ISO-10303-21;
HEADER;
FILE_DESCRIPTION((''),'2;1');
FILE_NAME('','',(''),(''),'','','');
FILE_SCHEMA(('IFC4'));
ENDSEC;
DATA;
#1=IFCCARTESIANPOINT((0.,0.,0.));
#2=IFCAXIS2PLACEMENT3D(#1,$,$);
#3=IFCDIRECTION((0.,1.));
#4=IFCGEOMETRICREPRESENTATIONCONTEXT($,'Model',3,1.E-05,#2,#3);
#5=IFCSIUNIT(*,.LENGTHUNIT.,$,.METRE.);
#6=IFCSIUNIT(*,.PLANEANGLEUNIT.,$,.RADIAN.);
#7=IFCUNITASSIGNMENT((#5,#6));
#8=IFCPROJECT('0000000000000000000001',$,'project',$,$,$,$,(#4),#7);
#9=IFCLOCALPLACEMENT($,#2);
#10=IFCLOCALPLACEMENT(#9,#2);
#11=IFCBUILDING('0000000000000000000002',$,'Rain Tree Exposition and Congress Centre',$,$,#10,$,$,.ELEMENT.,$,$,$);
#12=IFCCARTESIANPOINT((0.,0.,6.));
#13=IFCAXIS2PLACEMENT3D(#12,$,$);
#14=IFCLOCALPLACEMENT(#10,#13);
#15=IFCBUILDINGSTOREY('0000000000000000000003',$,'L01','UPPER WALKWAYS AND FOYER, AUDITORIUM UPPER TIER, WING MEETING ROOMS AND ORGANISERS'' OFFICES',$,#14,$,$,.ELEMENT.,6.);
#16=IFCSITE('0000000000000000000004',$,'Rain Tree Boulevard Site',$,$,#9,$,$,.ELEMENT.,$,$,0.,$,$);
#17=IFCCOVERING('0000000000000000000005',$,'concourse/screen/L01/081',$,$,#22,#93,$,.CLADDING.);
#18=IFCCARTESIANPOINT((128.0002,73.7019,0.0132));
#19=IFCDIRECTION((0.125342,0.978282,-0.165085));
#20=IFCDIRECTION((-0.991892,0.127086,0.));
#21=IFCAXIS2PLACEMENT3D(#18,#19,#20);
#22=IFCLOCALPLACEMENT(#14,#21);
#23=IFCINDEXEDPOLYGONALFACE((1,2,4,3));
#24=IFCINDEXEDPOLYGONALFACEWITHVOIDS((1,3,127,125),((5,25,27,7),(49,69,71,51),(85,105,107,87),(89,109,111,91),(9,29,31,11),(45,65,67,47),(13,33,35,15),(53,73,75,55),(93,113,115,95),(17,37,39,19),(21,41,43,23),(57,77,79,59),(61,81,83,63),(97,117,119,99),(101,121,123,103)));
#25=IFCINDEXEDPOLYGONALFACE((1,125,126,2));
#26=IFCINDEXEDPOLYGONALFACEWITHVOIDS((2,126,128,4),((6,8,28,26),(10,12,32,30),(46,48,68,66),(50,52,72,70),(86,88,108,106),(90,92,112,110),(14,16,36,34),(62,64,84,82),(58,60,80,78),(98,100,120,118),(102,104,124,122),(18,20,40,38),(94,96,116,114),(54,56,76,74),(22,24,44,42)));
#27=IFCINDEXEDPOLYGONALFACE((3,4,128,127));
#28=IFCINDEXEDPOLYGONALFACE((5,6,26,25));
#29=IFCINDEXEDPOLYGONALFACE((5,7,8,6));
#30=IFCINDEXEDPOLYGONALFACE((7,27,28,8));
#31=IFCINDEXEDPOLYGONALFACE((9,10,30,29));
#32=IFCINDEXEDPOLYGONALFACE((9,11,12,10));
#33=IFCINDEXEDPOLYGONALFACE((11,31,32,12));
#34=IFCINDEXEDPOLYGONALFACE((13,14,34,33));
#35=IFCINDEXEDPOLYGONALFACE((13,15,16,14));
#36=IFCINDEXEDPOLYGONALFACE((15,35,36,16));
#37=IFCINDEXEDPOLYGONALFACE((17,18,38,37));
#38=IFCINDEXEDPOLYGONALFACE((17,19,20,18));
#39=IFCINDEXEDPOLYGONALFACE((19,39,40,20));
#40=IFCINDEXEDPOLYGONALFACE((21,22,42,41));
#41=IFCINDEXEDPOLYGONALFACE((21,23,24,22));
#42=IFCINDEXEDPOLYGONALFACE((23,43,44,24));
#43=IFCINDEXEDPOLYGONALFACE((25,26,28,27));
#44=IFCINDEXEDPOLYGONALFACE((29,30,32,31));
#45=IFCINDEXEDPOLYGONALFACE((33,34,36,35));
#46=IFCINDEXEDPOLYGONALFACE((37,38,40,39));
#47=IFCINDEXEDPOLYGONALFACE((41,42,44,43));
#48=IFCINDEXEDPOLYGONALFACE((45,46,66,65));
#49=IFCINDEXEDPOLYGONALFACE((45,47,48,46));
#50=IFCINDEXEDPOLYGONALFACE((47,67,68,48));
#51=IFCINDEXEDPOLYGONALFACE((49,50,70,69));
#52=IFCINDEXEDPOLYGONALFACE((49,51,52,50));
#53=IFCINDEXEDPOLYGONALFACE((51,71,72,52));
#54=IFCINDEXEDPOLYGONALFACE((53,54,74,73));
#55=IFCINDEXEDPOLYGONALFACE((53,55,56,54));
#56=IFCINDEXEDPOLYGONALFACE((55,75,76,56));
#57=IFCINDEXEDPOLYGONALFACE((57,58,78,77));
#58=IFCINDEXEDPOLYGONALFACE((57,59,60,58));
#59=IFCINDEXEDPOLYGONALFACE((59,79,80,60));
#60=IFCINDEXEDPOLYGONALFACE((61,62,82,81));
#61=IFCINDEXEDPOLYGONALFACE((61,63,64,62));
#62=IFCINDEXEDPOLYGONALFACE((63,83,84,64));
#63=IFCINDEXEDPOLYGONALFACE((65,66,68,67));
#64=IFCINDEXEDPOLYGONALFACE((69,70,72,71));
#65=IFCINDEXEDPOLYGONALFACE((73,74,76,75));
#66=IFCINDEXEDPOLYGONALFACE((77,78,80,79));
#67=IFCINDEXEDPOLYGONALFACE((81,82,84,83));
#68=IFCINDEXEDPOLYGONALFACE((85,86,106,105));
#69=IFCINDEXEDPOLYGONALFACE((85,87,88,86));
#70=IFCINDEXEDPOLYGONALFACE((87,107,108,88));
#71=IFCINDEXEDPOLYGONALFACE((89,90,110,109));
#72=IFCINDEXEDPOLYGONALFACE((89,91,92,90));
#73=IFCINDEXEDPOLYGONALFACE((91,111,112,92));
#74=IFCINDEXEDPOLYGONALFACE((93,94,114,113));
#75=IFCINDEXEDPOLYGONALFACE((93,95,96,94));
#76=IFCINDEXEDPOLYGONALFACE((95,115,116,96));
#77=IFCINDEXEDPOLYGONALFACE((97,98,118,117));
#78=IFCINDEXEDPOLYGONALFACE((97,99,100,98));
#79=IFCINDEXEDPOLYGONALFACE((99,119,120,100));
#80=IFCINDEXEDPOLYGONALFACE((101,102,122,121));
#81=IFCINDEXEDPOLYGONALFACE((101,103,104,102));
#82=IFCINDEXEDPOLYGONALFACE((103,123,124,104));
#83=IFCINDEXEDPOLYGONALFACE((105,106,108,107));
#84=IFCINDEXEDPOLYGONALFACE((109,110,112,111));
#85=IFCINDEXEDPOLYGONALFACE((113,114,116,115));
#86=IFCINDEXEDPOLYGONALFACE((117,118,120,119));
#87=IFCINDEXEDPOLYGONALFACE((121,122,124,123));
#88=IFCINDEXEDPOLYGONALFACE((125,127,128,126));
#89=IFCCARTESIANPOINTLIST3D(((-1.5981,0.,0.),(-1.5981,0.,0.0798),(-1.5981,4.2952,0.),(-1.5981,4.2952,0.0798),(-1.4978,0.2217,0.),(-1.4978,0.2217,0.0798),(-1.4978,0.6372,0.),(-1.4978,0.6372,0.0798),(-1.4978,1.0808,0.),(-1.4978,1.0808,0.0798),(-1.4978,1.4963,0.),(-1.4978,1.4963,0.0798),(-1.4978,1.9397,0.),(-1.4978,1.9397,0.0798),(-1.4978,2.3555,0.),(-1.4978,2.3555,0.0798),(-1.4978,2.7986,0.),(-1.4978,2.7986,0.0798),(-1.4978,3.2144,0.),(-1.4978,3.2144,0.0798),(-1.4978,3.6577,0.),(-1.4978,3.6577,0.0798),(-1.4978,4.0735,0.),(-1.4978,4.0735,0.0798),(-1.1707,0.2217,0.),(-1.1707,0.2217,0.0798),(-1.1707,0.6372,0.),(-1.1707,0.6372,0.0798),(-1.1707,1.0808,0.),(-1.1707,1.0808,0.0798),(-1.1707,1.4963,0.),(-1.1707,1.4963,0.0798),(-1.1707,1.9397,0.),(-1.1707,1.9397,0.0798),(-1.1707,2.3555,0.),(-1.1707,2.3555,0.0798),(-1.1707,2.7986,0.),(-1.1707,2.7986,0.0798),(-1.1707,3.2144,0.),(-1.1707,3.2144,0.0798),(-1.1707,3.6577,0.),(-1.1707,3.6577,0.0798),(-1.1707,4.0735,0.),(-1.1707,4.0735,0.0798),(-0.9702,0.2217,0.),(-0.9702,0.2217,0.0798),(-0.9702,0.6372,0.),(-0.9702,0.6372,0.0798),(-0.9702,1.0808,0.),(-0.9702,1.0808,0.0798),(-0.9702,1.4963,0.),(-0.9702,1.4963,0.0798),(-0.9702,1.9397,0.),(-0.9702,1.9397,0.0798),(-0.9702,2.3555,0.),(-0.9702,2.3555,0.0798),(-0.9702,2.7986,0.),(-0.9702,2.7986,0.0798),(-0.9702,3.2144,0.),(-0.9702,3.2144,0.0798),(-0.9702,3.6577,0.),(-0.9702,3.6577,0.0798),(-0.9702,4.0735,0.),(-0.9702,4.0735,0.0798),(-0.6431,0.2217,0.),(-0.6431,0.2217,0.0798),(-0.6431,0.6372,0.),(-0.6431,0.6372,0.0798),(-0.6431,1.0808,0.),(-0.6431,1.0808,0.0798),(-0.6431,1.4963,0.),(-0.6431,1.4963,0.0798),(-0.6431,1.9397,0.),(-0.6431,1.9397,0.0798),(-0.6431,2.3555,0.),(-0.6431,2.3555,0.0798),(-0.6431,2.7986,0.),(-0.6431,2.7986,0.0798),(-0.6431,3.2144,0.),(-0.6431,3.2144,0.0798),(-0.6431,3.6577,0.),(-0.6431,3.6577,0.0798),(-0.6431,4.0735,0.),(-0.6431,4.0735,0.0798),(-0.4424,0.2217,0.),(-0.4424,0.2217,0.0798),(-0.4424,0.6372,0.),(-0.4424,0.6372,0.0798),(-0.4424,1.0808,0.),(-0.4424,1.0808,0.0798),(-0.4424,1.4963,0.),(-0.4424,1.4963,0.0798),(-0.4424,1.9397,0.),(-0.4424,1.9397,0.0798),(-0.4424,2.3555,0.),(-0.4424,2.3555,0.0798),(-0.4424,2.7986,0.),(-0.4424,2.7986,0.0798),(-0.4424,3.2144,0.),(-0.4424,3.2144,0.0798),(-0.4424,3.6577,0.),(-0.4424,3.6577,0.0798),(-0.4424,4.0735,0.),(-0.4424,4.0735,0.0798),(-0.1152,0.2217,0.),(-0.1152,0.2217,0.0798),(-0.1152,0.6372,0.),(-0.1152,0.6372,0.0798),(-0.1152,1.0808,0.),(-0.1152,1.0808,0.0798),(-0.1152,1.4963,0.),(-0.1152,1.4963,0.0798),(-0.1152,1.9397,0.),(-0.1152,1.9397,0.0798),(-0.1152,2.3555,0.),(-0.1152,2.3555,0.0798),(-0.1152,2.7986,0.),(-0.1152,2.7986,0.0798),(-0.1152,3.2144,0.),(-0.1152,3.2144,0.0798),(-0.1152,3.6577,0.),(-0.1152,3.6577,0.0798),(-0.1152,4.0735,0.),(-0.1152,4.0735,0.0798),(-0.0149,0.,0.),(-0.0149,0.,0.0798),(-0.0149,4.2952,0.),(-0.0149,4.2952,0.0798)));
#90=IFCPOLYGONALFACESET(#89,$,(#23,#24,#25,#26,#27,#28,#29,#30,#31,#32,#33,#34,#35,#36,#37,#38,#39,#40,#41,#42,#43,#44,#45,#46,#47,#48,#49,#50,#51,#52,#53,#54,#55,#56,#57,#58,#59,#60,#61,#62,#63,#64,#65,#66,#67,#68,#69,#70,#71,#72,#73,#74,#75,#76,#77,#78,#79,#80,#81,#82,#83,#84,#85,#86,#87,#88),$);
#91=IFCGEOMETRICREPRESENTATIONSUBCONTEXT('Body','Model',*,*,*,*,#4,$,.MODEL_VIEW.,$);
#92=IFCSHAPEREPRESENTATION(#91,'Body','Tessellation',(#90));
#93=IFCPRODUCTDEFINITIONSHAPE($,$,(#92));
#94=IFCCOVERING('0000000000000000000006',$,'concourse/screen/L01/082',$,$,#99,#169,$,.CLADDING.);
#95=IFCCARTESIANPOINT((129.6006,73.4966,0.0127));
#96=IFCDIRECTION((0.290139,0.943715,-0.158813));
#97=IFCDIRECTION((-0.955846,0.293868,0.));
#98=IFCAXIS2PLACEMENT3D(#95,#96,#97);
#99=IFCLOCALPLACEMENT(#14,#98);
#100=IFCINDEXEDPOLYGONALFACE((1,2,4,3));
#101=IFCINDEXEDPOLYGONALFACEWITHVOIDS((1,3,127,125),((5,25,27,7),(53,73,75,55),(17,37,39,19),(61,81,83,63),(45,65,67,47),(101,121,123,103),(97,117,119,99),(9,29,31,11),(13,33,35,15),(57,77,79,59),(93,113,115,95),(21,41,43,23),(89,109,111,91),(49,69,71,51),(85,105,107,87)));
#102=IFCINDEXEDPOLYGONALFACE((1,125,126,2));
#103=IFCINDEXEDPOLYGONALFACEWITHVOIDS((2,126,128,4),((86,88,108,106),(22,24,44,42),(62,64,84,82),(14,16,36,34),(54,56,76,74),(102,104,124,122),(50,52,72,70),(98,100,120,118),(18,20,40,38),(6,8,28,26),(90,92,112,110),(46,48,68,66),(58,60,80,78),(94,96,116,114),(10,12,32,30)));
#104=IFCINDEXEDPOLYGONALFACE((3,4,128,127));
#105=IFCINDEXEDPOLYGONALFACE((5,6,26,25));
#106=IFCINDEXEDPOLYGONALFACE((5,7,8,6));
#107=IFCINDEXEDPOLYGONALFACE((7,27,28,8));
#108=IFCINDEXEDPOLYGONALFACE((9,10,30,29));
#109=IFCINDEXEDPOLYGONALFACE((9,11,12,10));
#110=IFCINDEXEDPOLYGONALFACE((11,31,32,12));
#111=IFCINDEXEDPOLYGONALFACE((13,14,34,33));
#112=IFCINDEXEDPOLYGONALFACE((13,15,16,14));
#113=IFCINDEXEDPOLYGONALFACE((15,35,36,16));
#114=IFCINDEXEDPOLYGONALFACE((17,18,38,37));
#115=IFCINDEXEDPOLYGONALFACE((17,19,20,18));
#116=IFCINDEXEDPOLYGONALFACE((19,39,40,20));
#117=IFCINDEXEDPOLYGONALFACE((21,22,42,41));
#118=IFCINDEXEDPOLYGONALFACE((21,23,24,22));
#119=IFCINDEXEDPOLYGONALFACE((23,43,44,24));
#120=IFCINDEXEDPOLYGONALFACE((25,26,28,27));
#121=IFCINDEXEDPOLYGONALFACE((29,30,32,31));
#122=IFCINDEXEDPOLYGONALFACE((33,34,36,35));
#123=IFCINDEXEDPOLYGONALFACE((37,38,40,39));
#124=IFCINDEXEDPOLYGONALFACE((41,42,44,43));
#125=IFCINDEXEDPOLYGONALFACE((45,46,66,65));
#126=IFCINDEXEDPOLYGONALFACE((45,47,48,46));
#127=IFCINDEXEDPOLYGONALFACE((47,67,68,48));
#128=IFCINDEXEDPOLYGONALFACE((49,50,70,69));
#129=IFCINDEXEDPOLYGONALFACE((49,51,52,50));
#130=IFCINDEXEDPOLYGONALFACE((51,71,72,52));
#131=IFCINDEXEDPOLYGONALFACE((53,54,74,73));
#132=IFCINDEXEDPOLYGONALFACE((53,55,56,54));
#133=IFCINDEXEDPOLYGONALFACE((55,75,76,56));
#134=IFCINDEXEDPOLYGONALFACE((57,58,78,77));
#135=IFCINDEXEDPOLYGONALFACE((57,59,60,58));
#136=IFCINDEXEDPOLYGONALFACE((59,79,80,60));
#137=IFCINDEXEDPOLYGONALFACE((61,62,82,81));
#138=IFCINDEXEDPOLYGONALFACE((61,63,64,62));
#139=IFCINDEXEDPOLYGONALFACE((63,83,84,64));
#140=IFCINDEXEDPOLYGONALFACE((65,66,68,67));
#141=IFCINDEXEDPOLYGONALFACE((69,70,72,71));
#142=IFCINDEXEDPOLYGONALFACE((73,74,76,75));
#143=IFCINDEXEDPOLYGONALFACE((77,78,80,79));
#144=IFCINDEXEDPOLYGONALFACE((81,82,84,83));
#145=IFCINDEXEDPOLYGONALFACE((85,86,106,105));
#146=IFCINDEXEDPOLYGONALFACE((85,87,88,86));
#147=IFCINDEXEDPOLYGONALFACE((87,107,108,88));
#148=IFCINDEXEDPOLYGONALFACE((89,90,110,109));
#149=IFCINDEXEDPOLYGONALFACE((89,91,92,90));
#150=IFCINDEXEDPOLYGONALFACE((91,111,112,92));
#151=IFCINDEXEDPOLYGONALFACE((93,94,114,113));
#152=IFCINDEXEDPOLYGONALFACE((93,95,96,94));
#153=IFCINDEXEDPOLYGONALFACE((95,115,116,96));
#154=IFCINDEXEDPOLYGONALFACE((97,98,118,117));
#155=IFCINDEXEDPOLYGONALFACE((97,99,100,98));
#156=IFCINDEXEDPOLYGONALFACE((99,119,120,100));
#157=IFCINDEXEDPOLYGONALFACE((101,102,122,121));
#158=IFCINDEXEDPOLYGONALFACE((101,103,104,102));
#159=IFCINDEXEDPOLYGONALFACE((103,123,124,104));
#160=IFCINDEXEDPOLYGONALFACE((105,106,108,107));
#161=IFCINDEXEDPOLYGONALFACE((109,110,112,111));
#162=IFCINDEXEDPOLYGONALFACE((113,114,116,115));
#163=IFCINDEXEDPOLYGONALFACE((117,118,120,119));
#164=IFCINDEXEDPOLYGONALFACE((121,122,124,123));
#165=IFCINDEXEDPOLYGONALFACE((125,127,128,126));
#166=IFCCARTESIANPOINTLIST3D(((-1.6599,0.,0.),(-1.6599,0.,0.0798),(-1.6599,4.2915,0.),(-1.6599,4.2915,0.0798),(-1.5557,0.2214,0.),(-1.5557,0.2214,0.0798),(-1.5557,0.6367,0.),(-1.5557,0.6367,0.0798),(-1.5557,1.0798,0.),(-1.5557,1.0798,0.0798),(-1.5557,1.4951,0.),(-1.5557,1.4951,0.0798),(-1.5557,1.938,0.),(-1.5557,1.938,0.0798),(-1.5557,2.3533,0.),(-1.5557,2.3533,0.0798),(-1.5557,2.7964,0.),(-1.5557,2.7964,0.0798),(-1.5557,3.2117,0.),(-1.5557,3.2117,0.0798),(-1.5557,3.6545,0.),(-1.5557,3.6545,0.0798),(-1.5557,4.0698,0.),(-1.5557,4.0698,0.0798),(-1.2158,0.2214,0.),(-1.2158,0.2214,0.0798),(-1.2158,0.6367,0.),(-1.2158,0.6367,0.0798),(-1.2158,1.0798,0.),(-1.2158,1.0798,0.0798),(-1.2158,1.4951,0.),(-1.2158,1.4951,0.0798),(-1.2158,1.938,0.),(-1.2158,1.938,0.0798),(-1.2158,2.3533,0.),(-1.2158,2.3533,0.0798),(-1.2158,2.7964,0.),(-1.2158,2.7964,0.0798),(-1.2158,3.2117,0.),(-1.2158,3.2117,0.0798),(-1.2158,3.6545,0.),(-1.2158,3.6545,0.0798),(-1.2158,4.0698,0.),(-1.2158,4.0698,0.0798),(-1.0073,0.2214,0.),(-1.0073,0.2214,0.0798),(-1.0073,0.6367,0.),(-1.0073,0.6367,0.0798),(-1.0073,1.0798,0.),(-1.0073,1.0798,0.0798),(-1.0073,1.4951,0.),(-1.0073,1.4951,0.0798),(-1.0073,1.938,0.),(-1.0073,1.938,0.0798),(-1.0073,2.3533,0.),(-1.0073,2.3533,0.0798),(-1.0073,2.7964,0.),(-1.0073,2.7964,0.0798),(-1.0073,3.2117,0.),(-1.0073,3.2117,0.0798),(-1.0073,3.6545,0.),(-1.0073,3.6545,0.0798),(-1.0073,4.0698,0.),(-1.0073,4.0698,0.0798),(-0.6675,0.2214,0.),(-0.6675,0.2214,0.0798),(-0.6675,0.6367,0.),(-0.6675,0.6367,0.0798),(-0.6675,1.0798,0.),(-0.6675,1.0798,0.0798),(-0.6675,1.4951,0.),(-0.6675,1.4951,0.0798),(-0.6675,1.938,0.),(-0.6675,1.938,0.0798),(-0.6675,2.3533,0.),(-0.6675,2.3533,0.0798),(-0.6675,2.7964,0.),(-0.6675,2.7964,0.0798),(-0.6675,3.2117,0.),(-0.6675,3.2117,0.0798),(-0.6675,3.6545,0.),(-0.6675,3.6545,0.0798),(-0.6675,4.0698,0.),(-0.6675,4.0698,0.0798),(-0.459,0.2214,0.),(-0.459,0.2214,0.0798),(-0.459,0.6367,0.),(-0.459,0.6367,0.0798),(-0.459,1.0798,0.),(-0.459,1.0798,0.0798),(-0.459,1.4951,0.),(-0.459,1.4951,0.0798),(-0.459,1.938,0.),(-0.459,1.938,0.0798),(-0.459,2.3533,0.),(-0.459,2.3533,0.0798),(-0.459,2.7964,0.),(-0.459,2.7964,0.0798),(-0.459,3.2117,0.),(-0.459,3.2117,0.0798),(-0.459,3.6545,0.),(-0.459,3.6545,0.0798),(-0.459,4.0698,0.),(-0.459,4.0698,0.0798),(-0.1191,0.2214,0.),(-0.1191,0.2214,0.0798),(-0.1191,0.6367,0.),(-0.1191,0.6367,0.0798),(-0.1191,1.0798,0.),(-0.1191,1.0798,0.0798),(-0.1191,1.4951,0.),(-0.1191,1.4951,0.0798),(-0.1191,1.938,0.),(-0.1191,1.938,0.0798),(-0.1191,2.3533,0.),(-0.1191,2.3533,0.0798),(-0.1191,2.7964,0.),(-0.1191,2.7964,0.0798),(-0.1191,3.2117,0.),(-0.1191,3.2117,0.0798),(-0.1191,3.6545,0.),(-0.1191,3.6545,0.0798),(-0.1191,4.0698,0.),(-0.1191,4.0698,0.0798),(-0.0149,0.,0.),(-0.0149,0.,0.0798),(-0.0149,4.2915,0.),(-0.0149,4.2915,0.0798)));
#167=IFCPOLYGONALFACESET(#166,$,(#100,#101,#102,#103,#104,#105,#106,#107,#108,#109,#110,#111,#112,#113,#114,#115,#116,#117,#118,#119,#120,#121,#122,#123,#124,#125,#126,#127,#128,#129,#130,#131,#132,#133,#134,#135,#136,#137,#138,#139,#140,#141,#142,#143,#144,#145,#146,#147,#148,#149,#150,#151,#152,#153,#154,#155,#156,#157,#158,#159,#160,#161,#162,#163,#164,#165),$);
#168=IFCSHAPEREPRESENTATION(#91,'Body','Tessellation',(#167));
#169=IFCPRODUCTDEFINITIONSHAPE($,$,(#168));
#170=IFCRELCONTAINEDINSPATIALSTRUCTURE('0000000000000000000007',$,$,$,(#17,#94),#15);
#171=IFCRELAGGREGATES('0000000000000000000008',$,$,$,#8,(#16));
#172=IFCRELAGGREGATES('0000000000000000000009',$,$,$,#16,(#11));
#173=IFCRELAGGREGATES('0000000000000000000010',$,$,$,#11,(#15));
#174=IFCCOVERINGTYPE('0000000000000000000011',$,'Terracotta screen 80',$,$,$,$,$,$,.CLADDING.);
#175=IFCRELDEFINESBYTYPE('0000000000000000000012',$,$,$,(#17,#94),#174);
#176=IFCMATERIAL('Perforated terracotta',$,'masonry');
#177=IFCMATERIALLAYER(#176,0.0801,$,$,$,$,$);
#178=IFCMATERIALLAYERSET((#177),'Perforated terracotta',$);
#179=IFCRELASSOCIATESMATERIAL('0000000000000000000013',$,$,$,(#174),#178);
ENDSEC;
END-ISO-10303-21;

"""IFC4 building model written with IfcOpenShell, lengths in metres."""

from ifc_helpers import new_model, si_unit, direction, frame, origin, place, context, subcontext, project, spatial, polyline, outline, extrude, material, layer, layer_set, type_object, element, save


model = new_model("IFC4")

# Units and contexts
model_context = context("Model", 3, precision=1e-05, world=origin(), true_north=direction((0.0, 1.0)))
body_context = subcontext(model_context, "Body", "Model", "MODEL_VIEW")
ifc_project = project(units=[si_unit("LENGTHUNIT", "METRE"), si_unit("PLANEANGLEUNIT", "RADIAN")], contexts=[model_context])

# Site, building, storey
site_placement = place(None, origin())
site = spatial("IfcSite", under=ifc_project, at=site_placement, Name="Rain Tree Boulevard Site", CompositionType="ELEMENT", RefElevation=0.0)
building_placement = place(site_placement, origin())
building = spatial("IfcBuilding", under=site, at=building_placement, Name="Rain Tree Exposition and Congress Centre", CompositionType="ELEMENT")
storey_placement = place(building_placement, frame((0.0, 0.0, 6.0)))
storey = spatial("IfcBuildingStorey", under=building, at=storey_placement, Name="L01", Description="UPPER WALKWAYS AND FOYER, AUDITORIUM UPPER TIER, WING MEETING ROOMS AND ORGANISERS' OFFICES", CompositionType="ELEMENT", Elevation=6.0)

# Coverings
ifc_material_1 = material(Name="Perforated terracotta", Category="masonry")
ifc_layer_1 = layer(ifc_material_1, 0.0801)
ifc_layer_set_1 = layer_set([ifc_layer_1], Name="Perforated terracotta")
covering_type = type_object("IfcCoveringType", Name="Terracotta screen 80", PredefinedType="CLADDING", material=ifc_layer_set_1)
covering_1_placement = place(storey_placement, frame((128.0002, 73.7019, 0.0132), z_axis=(0.125342, 0.978282, -0.165085), x_axis=(-0.991892, 0.127086, 0.0)))
element("IfcCovering", 1, at=covering_1_placement, inside=storey, type_object=covering_type, Name="concourse/screen/L01/081", PredefinedType="CLADDING", context=body_context, shape_type="SweptSolid", body=[
    extrude(outline(polyline([(-1.5981, 0.0), (-1.5981, 4.2952), (-0.0149, 4.2952), (-0.0149, 0.0), (-1.5981, 0.0)]), holes=[polyline([(-0.1152, 0.2217), (-0.1152, 0.6372), (-0.4424, 0.6372), (-0.4424, 0.2217), (-0.1152, 0.2217)]), polyline([(-0.1152, 1.0808), (-0.1152, 1.4963), (-0.4424, 1.4963), (-0.4424, 1.0808), (-0.1152, 1.0808)]), polyline([(-0.1152, 1.9397), (-0.1152, 2.3555), (-0.4424, 2.3555), (-0.4424, 1.9397), (-0.1152, 1.9397)]), polyline([(-0.1152, 2.7986), (-0.1152, 3.2144), (-0.4424, 3.2144), (-0.4424, 2.7986), (-0.1152, 2.7986)]), polyline([(-0.1152, 3.6577), (-0.1152, 4.0735), (-0.4424, 4.0735), (-0.4424, 3.6577), (-0.1152, 3.6577)]), polyline([(-0.6431, 0.2217), (-0.6431, 0.6372), (-0.9702, 0.6372), (-0.9702, 0.2217), (-0.6431, 0.2217)]), polyline([(-0.6431, 1.0808), (-0.6431, 1.4963), (-0.9702, 1.4963), (-0.9702, 1.0808), (-0.6431, 1.0808)]), polyline([(-0.6431, 1.9397), (-0.6431, 2.3555), (-0.9702, 2.3555), (-0.9702, 1.9397), (-0.6431, 1.9397)]), polyline([(-0.6431, 2.7986), (-0.6431, 3.2144), (-0.9702, 3.2144), (-0.9702, 2.7986), (-0.6431, 2.7986)]), polyline([(-0.6431, 3.6577), (-0.6431, 4.0735), (-0.9702, 4.0735), (-0.9702, 3.6577), (-0.6431, 3.6577)]), polyline([(-1.1707, 0.2217), (-1.1707, 0.6372), (-1.4978, 0.6372), (-1.4978, 0.2217), (-1.1707, 0.2217)]), polyline([(-1.1707, 1.0808), (-1.1707, 1.4963), (-1.4978, 1.4963), (-1.4978, 1.0808), (-1.1707, 1.0808)]), polyline([(-1.1707, 1.9397), (-1.1707, 2.3555), (-1.4978, 2.3555), (-1.4978, 1.9397), (-1.1707, 1.9397)]), polyline([(-1.1707, 2.7986), (-1.1707, 3.2144), (-1.4978, 3.2144), (-1.4978, 2.7986), (-1.1707, 2.7986)]), polyline([(-1.1707, 3.6577), (-1.1707, 4.0735), (-1.4978, 4.0735), (-1.4978, 3.6577), (-1.1707, 3.6577)])]), origin(), (0.0, 0.0, 1.0), 0.0798),
])
covering_2_placement = place(storey_placement, frame((129.6006, 73.4966, 0.0127), z_axis=(0.290139, 0.943715, -0.158813), x_axis=(-0.955846, 0.293868, 0.0)))
element("IfcCovering", 2, at=covering_2_placement, inside=storey, type_object=covering_type, Name="concourse/screen/L01/082", PredefinedType="CLADDING", context=body_context, shape_type="SweptSolid", body=[
    extrude(outline(polyline([(-1.6599, 0.0), (-1.6599, 4.2915), (-0.0149, 4.2915), (-0.0149, 0.0), (-1.6599, 0.0)]), holes=[polyline([(-0.1191, 0.2214), (-0.1191, 0.6367), (-0.459, 0.6367), (-0.459, 0.2214), (-0.1191, 0.2214)]), polyline([(-0.1191, 1.0798), (-0.1191, 1.4951), (-0.459, 1.4951), (-0.459, 1.0798), (-0.1191, 1.0798)]), polyline([(-0.1191, 1.938), (-0.1191, 2.3533), (-0.459, 2.3533), (-0.459, 1.938), (-0.1191, 1.938)]), polyline([(-0.1191, 2.7964), (-0.1191, 3.2117), (-0.459, 3.2117), (-0.459, 2.7964), (-0.1191, 2.7964)]), polyline([(-0.1191, 3.6545), (-0.1191, 4.0698), (-0.459, 4.0698), (-0.459, 3.6545), (-0.1191, 3.6545)]), polyline([(-0.6675, 0.2214), (-0.6675, 0.6367), (-1.0073, 0.6367), (-1.0073, 0.2214), (-0.6675, 0.2214)]), polyline([(-0.6675, 1.0798), (-0.6675, 1.4951), (-1.0073, 1.4951), (-1.0073, 1.0798), (-0.6675, 1.0798)]), polyline([(-0.6675, 1.938), (-0.6675, 2.3533), (-1.0073, 2.3533), (-1.0073, 1.938), (-0.6675, 1.938)]), polyline([(-0.6675, 2.7964), (-0.6675, 3.2117), (-1.0073, 3.2117), (-1.0073, 2.7964), (-0.6675, 2.7964)]), polyline([(-0.6675, 3.6545), (-0.6675, 4.0698), (-1.0073, 4.0698), (-1.0073, 3.6545), (-0.6675, 3.6545)]), polyline([(-1.2158, 0.2214), (-1.2158, 0.6367), (-1.5557, 0.6367), (-1.5557, 0.2214), (-1.2158, 0.2214)]), polyline([(-1.2158, 1.0798), (-1.2158, 1.4951), (-1.5557, 1.4951), (-1.5557, 1.0798), (-1.2158, 1.0798)]), polyline([(-1.2158, 1.938), (-1.2158, 2.3533), (-1.5557, 2.3533), (-1.5557, 1.938), (-1.2158, 1.938)]), polyline([(-1.2158, 2.7964), (-1.2158, 3.2117), (-1.5557, 3.2117), (-1.5557, 2.7964), (-1.2158, 2.7964)]), polyline([(-1.2158, 3.6545), (-1.2158, 4.0698), (-1.5557, 4.0698), (-1.5557, 3.6545), (-1.2158, 3.6545)])]), origin(), (0.0, 0.0, 1.0), 0.0798),
])

save(model, "model.ifc")
